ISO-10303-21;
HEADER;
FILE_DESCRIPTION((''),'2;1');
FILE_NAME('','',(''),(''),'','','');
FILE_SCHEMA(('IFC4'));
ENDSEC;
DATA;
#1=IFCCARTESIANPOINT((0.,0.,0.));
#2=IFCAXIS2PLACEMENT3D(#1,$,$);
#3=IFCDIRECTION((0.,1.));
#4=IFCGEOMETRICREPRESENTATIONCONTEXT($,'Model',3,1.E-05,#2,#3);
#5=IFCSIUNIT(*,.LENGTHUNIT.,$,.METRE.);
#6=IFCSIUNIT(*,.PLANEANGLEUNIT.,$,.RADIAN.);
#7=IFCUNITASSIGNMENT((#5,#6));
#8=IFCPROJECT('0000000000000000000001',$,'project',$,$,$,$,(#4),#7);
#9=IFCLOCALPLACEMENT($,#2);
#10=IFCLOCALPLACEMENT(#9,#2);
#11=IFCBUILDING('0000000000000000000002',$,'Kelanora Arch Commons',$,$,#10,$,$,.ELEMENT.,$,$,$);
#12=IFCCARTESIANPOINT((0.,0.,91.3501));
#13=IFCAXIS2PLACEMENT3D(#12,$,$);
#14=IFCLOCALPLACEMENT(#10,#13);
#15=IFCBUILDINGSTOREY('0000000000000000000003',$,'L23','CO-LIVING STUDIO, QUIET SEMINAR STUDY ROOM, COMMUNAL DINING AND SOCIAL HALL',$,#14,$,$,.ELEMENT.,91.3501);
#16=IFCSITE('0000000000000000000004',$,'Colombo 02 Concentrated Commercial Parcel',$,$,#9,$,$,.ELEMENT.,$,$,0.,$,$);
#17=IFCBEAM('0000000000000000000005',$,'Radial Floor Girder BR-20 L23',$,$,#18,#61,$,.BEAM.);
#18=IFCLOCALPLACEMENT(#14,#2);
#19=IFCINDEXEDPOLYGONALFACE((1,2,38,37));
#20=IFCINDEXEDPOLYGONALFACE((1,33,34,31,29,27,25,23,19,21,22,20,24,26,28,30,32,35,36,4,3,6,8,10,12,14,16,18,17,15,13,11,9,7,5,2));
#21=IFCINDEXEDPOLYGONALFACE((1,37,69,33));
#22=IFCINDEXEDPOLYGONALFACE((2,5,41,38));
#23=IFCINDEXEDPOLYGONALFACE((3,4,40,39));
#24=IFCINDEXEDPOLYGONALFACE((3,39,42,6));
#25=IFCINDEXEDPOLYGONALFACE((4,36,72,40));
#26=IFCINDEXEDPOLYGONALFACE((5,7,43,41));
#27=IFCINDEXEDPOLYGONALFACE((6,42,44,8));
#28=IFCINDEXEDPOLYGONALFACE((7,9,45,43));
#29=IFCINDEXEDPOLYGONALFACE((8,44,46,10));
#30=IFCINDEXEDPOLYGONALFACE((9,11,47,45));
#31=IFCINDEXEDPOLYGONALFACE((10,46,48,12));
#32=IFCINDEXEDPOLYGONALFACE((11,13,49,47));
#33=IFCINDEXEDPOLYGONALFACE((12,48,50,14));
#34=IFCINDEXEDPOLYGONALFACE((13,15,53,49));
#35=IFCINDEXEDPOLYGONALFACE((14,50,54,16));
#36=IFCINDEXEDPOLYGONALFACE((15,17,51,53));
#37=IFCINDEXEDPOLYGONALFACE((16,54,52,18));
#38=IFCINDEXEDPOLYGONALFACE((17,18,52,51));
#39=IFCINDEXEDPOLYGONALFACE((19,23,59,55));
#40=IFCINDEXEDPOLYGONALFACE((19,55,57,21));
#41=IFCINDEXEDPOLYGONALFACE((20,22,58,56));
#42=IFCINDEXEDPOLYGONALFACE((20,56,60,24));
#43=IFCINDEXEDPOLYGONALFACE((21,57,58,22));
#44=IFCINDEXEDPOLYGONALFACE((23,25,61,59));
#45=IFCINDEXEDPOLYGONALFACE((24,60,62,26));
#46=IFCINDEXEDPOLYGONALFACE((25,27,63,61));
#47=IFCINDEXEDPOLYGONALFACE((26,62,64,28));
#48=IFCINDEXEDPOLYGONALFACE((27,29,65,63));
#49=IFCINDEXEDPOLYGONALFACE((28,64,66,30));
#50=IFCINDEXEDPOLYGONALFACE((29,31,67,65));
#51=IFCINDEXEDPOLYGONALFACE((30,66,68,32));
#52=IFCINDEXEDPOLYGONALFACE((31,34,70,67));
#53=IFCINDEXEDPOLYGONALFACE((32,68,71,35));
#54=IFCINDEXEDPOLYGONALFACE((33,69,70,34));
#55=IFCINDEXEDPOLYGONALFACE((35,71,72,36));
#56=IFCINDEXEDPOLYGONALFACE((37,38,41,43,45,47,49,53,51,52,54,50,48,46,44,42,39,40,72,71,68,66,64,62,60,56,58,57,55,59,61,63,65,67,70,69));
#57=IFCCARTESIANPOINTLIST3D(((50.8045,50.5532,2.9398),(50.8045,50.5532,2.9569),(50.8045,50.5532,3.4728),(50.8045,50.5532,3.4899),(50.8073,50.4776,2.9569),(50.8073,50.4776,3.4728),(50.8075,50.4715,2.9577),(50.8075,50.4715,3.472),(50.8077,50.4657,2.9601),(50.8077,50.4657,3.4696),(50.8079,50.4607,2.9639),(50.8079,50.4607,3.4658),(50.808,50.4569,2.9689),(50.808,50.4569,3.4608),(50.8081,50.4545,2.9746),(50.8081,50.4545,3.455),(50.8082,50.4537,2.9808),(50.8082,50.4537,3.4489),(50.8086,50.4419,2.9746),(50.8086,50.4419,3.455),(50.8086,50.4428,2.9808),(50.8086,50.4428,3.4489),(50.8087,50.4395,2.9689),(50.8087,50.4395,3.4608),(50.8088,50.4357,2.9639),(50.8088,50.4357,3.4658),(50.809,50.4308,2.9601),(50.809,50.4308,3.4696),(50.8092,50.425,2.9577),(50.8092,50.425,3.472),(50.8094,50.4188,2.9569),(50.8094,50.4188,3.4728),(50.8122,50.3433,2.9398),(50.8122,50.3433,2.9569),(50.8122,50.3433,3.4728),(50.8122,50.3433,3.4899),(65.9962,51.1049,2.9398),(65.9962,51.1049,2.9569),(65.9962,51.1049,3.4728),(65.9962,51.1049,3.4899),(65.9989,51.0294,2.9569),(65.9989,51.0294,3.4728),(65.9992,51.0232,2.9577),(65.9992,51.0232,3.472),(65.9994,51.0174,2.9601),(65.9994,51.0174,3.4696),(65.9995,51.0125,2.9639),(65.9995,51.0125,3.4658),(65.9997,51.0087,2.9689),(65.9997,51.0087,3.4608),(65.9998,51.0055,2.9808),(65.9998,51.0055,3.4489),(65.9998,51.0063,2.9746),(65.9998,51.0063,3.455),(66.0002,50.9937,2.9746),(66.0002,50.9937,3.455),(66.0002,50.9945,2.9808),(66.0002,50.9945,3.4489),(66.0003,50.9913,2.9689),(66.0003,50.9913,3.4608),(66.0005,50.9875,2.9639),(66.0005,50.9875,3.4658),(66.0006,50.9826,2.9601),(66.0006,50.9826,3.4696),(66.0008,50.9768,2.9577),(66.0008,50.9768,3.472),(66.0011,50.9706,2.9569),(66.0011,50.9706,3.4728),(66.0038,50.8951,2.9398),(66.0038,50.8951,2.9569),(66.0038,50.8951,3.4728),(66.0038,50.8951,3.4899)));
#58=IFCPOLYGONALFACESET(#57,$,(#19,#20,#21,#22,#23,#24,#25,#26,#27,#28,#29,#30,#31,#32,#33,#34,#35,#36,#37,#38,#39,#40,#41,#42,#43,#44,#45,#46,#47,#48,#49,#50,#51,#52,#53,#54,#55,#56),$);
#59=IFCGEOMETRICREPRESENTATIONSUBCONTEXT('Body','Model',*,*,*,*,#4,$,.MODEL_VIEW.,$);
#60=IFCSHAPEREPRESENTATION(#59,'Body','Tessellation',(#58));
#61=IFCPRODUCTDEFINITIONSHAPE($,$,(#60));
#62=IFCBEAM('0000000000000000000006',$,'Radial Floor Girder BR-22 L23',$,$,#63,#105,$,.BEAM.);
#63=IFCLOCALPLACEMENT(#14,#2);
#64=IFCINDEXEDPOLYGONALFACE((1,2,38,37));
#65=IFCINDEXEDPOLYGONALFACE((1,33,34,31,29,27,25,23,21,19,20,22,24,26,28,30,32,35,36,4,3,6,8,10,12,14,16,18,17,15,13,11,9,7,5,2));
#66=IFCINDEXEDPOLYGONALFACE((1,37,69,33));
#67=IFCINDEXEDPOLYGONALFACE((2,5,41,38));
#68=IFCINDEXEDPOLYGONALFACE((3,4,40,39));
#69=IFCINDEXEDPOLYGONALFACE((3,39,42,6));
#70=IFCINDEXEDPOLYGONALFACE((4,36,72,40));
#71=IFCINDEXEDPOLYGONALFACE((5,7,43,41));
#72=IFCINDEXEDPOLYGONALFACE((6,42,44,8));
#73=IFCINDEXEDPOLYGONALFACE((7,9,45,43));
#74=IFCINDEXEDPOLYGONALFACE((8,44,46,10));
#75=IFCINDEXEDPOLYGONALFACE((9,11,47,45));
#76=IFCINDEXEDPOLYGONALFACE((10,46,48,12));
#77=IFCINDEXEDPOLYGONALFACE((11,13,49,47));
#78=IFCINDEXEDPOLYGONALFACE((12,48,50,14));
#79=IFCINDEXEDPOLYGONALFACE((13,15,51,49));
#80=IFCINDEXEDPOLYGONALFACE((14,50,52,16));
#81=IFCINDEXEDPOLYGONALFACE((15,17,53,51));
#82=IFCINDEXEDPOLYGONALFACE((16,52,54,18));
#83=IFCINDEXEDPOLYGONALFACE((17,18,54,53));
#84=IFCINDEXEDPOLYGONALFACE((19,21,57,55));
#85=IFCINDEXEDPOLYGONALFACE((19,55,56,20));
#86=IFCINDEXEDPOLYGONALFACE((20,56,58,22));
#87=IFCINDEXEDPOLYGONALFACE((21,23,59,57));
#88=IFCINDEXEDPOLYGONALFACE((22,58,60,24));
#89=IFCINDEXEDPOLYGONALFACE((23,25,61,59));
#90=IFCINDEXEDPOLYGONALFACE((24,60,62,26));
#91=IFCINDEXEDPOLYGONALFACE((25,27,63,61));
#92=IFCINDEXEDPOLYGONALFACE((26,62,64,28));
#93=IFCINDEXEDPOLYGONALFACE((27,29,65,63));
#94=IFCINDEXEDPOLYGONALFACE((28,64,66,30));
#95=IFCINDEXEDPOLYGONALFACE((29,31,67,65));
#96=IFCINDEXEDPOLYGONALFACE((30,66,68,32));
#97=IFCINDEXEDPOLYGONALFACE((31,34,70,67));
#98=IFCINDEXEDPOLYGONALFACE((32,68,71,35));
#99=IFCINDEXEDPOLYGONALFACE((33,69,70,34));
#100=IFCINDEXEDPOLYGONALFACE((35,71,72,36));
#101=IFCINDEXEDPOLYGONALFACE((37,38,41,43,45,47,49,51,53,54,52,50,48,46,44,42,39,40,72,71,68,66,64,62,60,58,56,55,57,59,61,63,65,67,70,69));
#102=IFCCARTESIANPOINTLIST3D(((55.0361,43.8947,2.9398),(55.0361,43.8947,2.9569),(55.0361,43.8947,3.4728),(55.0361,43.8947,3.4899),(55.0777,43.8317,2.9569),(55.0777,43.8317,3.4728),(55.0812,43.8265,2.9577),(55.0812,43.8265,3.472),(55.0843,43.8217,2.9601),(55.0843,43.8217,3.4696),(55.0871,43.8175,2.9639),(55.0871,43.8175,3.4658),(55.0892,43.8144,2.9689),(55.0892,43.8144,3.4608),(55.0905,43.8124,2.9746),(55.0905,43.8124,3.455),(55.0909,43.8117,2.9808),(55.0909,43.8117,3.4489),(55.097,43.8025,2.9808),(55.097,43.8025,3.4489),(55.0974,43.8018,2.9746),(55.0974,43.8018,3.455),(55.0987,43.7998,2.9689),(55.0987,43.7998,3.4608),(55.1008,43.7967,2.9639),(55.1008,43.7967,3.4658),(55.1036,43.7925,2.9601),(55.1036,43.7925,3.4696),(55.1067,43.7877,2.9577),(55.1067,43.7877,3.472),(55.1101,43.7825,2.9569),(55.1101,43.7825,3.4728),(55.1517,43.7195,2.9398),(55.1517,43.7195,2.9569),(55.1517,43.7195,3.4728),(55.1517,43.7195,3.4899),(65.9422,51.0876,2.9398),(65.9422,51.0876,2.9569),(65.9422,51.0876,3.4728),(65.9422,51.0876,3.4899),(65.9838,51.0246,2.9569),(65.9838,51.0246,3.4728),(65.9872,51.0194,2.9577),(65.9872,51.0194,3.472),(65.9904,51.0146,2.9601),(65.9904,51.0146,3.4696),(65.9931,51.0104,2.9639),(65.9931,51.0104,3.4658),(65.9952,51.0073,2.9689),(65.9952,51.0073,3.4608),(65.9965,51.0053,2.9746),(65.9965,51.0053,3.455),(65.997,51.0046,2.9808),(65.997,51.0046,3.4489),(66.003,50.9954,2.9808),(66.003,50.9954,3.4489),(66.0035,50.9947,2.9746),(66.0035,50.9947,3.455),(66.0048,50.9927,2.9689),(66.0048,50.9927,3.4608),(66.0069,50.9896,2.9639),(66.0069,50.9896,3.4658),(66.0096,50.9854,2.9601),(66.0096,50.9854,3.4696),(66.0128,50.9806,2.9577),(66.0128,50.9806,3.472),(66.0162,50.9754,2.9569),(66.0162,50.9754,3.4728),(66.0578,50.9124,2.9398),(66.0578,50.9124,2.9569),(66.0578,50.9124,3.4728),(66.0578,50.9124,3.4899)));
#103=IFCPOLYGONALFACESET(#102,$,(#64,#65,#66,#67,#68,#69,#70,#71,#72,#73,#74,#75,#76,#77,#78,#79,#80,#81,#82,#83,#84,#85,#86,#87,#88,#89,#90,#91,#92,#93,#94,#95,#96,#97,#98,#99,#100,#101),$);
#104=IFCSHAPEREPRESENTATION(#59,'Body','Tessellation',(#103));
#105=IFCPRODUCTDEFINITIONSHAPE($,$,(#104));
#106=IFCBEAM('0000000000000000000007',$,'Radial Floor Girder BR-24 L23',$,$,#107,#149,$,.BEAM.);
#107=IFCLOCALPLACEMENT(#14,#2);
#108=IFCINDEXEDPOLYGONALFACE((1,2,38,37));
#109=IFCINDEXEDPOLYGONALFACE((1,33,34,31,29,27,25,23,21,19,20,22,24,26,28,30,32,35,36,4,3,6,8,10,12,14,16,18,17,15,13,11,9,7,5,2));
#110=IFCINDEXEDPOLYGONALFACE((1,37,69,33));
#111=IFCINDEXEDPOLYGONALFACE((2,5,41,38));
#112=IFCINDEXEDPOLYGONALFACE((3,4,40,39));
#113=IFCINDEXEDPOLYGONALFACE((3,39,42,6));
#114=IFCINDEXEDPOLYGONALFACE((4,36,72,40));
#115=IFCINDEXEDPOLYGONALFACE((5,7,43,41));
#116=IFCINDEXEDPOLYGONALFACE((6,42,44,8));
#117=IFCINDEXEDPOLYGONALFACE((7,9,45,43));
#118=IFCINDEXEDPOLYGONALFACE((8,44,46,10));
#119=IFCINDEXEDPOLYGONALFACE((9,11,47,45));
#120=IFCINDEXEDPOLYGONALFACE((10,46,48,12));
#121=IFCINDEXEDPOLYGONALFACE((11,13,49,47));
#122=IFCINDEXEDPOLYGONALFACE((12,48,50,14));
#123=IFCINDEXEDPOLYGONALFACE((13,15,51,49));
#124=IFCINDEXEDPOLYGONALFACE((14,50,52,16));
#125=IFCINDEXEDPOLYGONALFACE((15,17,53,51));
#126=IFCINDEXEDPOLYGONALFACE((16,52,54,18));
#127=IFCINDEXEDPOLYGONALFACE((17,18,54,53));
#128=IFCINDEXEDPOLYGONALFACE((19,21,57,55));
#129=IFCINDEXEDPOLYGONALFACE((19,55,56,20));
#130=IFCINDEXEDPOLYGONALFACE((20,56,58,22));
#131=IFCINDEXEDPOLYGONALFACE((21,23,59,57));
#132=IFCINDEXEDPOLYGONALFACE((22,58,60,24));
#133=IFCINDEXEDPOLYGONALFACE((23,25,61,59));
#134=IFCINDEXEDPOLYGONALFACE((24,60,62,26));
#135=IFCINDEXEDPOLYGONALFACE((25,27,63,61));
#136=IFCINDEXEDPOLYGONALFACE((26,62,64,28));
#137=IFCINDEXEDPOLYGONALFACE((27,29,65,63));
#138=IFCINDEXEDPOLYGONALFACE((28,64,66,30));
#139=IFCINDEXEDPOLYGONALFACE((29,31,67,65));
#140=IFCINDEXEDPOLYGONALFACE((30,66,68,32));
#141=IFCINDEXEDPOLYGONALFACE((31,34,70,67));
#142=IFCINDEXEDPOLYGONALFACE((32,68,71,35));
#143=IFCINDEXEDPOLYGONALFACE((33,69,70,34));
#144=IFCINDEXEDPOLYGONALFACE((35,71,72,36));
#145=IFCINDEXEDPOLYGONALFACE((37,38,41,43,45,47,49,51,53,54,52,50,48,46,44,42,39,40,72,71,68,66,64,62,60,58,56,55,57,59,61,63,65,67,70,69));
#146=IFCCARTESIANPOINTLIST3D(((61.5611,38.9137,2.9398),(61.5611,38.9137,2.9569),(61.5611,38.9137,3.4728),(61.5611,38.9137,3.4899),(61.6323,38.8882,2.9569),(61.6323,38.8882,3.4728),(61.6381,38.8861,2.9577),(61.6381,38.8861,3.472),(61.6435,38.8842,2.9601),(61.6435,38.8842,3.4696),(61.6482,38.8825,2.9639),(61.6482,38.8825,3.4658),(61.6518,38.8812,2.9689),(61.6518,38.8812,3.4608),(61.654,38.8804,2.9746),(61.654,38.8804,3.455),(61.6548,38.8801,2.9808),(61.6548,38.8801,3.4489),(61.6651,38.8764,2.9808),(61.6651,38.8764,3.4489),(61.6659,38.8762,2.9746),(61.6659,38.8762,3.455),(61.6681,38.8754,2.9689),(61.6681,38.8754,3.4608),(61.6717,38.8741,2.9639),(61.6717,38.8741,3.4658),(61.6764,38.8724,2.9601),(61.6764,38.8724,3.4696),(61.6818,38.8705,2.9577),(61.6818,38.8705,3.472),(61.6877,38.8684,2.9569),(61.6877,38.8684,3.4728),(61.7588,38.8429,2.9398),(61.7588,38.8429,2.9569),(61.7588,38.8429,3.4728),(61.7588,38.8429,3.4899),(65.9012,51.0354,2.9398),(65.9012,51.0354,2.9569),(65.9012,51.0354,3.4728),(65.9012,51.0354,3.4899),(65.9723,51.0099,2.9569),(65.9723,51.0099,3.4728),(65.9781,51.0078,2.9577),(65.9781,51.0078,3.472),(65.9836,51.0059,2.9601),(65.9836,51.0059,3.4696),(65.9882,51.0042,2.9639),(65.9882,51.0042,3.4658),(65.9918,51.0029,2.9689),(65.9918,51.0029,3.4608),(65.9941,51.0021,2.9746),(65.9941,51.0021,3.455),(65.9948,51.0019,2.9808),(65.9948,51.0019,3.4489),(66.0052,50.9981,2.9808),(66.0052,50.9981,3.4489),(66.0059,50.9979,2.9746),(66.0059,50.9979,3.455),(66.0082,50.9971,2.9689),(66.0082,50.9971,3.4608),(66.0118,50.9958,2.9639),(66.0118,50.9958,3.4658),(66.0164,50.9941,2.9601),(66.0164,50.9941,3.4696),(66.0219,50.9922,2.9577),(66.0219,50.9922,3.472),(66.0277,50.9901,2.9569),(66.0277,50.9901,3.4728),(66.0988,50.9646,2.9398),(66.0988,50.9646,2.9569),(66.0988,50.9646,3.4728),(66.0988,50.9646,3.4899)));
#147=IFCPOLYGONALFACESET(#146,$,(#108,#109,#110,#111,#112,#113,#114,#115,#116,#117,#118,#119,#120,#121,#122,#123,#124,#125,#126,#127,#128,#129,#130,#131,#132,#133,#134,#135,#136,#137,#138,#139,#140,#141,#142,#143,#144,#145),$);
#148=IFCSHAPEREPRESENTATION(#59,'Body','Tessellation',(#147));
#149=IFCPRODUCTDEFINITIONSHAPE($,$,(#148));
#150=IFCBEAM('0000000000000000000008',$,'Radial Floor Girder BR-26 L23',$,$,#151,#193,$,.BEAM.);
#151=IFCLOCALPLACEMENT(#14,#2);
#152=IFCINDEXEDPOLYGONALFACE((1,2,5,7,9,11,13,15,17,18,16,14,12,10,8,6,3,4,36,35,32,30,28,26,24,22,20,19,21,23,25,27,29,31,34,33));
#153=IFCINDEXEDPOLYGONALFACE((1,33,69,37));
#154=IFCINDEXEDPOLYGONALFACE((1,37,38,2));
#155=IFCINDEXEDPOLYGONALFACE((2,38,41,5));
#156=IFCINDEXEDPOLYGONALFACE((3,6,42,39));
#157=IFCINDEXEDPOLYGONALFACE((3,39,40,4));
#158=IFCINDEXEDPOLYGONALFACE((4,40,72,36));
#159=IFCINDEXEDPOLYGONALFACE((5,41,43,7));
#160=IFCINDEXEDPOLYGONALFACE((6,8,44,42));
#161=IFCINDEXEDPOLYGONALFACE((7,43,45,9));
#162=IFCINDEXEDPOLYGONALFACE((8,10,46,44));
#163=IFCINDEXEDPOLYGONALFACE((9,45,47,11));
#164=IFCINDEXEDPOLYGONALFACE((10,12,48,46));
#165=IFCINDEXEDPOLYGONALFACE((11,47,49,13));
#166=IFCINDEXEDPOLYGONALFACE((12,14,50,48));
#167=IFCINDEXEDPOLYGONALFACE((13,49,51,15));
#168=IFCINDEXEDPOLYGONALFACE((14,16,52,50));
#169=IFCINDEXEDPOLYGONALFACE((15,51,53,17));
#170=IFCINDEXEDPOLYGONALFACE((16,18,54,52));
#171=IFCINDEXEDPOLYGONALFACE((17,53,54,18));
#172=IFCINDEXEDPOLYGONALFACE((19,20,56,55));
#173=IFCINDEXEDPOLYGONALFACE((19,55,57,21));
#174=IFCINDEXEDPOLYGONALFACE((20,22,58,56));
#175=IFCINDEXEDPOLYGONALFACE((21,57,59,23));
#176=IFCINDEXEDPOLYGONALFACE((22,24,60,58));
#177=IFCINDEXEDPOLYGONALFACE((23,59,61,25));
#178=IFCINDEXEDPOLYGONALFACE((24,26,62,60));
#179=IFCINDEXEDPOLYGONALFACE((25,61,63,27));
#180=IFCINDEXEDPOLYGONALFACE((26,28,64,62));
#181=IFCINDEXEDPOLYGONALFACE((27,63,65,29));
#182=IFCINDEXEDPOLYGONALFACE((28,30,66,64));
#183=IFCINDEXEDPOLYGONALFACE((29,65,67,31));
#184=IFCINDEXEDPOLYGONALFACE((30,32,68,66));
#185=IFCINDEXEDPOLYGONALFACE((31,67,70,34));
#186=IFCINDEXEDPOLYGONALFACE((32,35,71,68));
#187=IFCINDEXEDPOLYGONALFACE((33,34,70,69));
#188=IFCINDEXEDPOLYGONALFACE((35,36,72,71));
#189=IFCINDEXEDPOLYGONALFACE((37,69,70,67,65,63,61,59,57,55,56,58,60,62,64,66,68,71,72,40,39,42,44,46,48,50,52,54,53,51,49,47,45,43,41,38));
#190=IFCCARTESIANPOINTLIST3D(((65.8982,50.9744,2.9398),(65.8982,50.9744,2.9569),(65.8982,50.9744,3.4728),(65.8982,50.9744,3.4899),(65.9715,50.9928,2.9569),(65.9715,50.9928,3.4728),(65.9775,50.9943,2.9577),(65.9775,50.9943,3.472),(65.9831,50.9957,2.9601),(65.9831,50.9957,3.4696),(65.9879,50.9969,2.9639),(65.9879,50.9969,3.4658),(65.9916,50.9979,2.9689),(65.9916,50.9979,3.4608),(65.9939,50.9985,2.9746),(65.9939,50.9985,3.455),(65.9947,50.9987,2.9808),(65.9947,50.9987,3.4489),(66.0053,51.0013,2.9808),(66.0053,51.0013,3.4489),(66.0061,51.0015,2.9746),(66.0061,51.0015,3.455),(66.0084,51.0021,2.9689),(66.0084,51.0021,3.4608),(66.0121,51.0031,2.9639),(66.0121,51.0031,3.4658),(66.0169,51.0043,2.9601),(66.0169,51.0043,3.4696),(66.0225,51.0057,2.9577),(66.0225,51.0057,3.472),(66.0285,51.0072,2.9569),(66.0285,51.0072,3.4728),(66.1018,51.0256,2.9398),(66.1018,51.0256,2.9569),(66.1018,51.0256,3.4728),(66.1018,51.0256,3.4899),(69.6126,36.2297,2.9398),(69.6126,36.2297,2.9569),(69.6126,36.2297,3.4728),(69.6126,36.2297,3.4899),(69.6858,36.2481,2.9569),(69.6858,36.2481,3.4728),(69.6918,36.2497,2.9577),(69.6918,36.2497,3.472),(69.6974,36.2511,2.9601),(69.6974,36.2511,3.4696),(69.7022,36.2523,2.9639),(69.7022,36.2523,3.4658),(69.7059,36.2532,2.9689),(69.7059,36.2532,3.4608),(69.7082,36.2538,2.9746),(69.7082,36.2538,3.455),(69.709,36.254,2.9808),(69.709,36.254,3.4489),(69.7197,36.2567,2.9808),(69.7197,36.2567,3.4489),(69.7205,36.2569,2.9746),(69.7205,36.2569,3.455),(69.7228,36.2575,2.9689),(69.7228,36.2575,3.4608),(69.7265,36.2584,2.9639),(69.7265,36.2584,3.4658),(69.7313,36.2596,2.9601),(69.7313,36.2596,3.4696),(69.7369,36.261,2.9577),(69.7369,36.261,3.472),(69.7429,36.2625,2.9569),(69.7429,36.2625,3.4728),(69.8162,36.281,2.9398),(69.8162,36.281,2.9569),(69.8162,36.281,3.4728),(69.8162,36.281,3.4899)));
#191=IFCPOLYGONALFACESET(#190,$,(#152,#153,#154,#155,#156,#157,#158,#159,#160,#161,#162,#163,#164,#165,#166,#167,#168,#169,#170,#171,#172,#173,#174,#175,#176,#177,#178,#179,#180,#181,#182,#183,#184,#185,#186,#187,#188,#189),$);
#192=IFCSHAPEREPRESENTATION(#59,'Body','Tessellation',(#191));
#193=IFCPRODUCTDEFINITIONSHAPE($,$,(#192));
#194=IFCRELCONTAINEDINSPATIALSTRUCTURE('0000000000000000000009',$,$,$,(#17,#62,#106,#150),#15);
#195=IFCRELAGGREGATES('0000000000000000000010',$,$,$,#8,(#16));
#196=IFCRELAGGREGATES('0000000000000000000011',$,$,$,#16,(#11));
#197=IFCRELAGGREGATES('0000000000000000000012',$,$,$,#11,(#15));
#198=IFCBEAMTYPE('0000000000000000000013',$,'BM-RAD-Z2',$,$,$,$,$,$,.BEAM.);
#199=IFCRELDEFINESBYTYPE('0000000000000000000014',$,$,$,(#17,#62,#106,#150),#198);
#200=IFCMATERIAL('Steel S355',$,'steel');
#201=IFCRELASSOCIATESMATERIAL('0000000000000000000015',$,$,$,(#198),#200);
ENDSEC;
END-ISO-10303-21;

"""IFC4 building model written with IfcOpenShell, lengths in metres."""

from ifc_helpers import new_model, si_unit, direction, frame, origin, origin_2d, place, context, subcontext, project, spatial, i_section, extrude, material, material_profile, profile_set, type_object, element, save


model = new_model("IFC4")

# Units and contexts
model_context = context("Model", 3, precision=1e-05, world=origin(), true_north=direction((0.0, 1.0)))
body_context = subcontext(model_context, "Body", "Model", "MODEL_VIEW")
ifc_project = project(units=[si_unit("LENGTHUNIT", "METRE"), si_unit("PLANEANGLEUNIT", "RADIAN")], contexts=[model_context])

# Site, building, storey
site_placement = place(None, origin())
site = spatial("IfcSite", under=ifc_project, at=site_placement, Name="Colombo 02 Concentrated Commercial Parcel", CompositionType="ELEMENT", RefElevation=0.0)
building_placement = place(site_placement, origin())
building = spatial("IfcBuilding", under=site, at=building_placement, Name="Kelanora Arch Commons", CompositionType="ELEMENT")
storey_placement = place(building_placement, frame((0.0, 0.0, 91.3501)))
storey = spatial("IfcBuildingStorey", under=building, at=storey_placement, Name="L23", Description="CO-LIVING STUDIO, QUIET SEMINAR STUDY ROOM, COMMUNAL DINING AND SOCIAL HALL", CompositionType="ELEMENT", Elevation=91.3501)

# Beams
ifc_material_1 = material(Name="Steel S355", Category="steel")
ifc_material_profile_1 = material_profile(ifc_material_1, i_section(OverallWidth=0.21, OverallDepth=0.55, WebThickness=0.011, FlangeThickness=0.0171, FilletRadius=0.0239, at=origin_2d()), Name="IPE550")
ifc_profile_set_1 = profile_set([ifc_material_profile_1], Name="Steel S355")
beam_type_1 = type_object("IfcBeamType", Name="BM-RAD-Z2", PredefinedType="BEAM", material=ifc_profile_set_1)
beam_1_placement = place(storey_placement, frame((66.0, 51.0, 3.2148), z_axis=(-0.999341, -0.036296, 0.0), x_axis=(0.036296, -0.999341, 0.0)))
element("IfcBeam", 1, at=beam_1_placement, inside=storey, type_object=beam_type_1, Name="Radial Floor Girder BR-20 L23", PredefinedType="BEAM", context=body_context, shape_type="SweptSolid", body=[
    extrude(i_section(OverallWidth=0.21, OverallDepth=0.55, WebThickness=0.011, FlangeThickness=0.0171, FilletRadius=0.0239, at=origin_2d()), origin(), (0.0, 0.0, 1.0), 15.2017),
])
beam_2_placement = place(storey_placement, frame((66.0, 51.0, 3.2148), z_axis=(-0.834789, -0.550571, 0.0), x_axis=(0.550571, -0.834789, 0.0)))
element("IfcBeam", 2, at=beam_2_placement, inside=storey, type_object=beam_type_1, Name="Radial Floor Girder BR-22 L23", PredefinedType="BEAM", context=body_context, shape_type="SweptSolid", body=[
    extrude(i_section(OverallWidth=0.21, OverallDepth=0.55, WebThickness=0.011, FlangeThickness=0.0171, FilletRadius=0.0239, at=origin_2d()), origin(), (0.0, 0.0, 1.0), 13.0645),
])
beam_3_placement = place(storey_placement, frame((66.0, 51.0, 3.2148), z_axis=(-0.337085, -0.941474, 0.0), x_axis=(0.941474, -0.337085, 0.0)))
element("IfcBeam", 3, at=beam_3_placement, inside=storey, type_object=beam_type_1, Name="Radial Floor Girder BR-24 L23", PredefinedType="BEAM", context=body_context, shape_type="SweptSolid", body=[
    extrude(i_section(OverallWidth=0.21, OverallDepth=0.55, WebThickness=0.011, FlangeThickness=0.0171, FilletRadius=0.0239, at=origin_2d()), origin(), (0.0, 0.0, 1.0), 12.8752),
])
beam_4_placement = place(storey_placement, frame((66.0, 51.0, 3.2148), z_axis=(0.244281, -0.969705, 0.0), x_axis=(0.969705, 0.244281, 0.0)))
element("IfcBeam", 4, at=beam_4_placement, inside=storey, type_object=beam_type_1, Name="Radial Floor Girder BR-26 L23", PredefinedType="BEAM", context=body_context, shape_type="SweptSolid", body=[
    extrude(i_section(OverallWidth=0.21, OverallDepth=0.55, WebThickness=0.011, FlangeThickness=0.0171, FilletRadius=0.0239, at=origin_2d()), origin(), (0.0, 0.0, 1.0), 15.2053),
])

save(model, "model.ifc")
